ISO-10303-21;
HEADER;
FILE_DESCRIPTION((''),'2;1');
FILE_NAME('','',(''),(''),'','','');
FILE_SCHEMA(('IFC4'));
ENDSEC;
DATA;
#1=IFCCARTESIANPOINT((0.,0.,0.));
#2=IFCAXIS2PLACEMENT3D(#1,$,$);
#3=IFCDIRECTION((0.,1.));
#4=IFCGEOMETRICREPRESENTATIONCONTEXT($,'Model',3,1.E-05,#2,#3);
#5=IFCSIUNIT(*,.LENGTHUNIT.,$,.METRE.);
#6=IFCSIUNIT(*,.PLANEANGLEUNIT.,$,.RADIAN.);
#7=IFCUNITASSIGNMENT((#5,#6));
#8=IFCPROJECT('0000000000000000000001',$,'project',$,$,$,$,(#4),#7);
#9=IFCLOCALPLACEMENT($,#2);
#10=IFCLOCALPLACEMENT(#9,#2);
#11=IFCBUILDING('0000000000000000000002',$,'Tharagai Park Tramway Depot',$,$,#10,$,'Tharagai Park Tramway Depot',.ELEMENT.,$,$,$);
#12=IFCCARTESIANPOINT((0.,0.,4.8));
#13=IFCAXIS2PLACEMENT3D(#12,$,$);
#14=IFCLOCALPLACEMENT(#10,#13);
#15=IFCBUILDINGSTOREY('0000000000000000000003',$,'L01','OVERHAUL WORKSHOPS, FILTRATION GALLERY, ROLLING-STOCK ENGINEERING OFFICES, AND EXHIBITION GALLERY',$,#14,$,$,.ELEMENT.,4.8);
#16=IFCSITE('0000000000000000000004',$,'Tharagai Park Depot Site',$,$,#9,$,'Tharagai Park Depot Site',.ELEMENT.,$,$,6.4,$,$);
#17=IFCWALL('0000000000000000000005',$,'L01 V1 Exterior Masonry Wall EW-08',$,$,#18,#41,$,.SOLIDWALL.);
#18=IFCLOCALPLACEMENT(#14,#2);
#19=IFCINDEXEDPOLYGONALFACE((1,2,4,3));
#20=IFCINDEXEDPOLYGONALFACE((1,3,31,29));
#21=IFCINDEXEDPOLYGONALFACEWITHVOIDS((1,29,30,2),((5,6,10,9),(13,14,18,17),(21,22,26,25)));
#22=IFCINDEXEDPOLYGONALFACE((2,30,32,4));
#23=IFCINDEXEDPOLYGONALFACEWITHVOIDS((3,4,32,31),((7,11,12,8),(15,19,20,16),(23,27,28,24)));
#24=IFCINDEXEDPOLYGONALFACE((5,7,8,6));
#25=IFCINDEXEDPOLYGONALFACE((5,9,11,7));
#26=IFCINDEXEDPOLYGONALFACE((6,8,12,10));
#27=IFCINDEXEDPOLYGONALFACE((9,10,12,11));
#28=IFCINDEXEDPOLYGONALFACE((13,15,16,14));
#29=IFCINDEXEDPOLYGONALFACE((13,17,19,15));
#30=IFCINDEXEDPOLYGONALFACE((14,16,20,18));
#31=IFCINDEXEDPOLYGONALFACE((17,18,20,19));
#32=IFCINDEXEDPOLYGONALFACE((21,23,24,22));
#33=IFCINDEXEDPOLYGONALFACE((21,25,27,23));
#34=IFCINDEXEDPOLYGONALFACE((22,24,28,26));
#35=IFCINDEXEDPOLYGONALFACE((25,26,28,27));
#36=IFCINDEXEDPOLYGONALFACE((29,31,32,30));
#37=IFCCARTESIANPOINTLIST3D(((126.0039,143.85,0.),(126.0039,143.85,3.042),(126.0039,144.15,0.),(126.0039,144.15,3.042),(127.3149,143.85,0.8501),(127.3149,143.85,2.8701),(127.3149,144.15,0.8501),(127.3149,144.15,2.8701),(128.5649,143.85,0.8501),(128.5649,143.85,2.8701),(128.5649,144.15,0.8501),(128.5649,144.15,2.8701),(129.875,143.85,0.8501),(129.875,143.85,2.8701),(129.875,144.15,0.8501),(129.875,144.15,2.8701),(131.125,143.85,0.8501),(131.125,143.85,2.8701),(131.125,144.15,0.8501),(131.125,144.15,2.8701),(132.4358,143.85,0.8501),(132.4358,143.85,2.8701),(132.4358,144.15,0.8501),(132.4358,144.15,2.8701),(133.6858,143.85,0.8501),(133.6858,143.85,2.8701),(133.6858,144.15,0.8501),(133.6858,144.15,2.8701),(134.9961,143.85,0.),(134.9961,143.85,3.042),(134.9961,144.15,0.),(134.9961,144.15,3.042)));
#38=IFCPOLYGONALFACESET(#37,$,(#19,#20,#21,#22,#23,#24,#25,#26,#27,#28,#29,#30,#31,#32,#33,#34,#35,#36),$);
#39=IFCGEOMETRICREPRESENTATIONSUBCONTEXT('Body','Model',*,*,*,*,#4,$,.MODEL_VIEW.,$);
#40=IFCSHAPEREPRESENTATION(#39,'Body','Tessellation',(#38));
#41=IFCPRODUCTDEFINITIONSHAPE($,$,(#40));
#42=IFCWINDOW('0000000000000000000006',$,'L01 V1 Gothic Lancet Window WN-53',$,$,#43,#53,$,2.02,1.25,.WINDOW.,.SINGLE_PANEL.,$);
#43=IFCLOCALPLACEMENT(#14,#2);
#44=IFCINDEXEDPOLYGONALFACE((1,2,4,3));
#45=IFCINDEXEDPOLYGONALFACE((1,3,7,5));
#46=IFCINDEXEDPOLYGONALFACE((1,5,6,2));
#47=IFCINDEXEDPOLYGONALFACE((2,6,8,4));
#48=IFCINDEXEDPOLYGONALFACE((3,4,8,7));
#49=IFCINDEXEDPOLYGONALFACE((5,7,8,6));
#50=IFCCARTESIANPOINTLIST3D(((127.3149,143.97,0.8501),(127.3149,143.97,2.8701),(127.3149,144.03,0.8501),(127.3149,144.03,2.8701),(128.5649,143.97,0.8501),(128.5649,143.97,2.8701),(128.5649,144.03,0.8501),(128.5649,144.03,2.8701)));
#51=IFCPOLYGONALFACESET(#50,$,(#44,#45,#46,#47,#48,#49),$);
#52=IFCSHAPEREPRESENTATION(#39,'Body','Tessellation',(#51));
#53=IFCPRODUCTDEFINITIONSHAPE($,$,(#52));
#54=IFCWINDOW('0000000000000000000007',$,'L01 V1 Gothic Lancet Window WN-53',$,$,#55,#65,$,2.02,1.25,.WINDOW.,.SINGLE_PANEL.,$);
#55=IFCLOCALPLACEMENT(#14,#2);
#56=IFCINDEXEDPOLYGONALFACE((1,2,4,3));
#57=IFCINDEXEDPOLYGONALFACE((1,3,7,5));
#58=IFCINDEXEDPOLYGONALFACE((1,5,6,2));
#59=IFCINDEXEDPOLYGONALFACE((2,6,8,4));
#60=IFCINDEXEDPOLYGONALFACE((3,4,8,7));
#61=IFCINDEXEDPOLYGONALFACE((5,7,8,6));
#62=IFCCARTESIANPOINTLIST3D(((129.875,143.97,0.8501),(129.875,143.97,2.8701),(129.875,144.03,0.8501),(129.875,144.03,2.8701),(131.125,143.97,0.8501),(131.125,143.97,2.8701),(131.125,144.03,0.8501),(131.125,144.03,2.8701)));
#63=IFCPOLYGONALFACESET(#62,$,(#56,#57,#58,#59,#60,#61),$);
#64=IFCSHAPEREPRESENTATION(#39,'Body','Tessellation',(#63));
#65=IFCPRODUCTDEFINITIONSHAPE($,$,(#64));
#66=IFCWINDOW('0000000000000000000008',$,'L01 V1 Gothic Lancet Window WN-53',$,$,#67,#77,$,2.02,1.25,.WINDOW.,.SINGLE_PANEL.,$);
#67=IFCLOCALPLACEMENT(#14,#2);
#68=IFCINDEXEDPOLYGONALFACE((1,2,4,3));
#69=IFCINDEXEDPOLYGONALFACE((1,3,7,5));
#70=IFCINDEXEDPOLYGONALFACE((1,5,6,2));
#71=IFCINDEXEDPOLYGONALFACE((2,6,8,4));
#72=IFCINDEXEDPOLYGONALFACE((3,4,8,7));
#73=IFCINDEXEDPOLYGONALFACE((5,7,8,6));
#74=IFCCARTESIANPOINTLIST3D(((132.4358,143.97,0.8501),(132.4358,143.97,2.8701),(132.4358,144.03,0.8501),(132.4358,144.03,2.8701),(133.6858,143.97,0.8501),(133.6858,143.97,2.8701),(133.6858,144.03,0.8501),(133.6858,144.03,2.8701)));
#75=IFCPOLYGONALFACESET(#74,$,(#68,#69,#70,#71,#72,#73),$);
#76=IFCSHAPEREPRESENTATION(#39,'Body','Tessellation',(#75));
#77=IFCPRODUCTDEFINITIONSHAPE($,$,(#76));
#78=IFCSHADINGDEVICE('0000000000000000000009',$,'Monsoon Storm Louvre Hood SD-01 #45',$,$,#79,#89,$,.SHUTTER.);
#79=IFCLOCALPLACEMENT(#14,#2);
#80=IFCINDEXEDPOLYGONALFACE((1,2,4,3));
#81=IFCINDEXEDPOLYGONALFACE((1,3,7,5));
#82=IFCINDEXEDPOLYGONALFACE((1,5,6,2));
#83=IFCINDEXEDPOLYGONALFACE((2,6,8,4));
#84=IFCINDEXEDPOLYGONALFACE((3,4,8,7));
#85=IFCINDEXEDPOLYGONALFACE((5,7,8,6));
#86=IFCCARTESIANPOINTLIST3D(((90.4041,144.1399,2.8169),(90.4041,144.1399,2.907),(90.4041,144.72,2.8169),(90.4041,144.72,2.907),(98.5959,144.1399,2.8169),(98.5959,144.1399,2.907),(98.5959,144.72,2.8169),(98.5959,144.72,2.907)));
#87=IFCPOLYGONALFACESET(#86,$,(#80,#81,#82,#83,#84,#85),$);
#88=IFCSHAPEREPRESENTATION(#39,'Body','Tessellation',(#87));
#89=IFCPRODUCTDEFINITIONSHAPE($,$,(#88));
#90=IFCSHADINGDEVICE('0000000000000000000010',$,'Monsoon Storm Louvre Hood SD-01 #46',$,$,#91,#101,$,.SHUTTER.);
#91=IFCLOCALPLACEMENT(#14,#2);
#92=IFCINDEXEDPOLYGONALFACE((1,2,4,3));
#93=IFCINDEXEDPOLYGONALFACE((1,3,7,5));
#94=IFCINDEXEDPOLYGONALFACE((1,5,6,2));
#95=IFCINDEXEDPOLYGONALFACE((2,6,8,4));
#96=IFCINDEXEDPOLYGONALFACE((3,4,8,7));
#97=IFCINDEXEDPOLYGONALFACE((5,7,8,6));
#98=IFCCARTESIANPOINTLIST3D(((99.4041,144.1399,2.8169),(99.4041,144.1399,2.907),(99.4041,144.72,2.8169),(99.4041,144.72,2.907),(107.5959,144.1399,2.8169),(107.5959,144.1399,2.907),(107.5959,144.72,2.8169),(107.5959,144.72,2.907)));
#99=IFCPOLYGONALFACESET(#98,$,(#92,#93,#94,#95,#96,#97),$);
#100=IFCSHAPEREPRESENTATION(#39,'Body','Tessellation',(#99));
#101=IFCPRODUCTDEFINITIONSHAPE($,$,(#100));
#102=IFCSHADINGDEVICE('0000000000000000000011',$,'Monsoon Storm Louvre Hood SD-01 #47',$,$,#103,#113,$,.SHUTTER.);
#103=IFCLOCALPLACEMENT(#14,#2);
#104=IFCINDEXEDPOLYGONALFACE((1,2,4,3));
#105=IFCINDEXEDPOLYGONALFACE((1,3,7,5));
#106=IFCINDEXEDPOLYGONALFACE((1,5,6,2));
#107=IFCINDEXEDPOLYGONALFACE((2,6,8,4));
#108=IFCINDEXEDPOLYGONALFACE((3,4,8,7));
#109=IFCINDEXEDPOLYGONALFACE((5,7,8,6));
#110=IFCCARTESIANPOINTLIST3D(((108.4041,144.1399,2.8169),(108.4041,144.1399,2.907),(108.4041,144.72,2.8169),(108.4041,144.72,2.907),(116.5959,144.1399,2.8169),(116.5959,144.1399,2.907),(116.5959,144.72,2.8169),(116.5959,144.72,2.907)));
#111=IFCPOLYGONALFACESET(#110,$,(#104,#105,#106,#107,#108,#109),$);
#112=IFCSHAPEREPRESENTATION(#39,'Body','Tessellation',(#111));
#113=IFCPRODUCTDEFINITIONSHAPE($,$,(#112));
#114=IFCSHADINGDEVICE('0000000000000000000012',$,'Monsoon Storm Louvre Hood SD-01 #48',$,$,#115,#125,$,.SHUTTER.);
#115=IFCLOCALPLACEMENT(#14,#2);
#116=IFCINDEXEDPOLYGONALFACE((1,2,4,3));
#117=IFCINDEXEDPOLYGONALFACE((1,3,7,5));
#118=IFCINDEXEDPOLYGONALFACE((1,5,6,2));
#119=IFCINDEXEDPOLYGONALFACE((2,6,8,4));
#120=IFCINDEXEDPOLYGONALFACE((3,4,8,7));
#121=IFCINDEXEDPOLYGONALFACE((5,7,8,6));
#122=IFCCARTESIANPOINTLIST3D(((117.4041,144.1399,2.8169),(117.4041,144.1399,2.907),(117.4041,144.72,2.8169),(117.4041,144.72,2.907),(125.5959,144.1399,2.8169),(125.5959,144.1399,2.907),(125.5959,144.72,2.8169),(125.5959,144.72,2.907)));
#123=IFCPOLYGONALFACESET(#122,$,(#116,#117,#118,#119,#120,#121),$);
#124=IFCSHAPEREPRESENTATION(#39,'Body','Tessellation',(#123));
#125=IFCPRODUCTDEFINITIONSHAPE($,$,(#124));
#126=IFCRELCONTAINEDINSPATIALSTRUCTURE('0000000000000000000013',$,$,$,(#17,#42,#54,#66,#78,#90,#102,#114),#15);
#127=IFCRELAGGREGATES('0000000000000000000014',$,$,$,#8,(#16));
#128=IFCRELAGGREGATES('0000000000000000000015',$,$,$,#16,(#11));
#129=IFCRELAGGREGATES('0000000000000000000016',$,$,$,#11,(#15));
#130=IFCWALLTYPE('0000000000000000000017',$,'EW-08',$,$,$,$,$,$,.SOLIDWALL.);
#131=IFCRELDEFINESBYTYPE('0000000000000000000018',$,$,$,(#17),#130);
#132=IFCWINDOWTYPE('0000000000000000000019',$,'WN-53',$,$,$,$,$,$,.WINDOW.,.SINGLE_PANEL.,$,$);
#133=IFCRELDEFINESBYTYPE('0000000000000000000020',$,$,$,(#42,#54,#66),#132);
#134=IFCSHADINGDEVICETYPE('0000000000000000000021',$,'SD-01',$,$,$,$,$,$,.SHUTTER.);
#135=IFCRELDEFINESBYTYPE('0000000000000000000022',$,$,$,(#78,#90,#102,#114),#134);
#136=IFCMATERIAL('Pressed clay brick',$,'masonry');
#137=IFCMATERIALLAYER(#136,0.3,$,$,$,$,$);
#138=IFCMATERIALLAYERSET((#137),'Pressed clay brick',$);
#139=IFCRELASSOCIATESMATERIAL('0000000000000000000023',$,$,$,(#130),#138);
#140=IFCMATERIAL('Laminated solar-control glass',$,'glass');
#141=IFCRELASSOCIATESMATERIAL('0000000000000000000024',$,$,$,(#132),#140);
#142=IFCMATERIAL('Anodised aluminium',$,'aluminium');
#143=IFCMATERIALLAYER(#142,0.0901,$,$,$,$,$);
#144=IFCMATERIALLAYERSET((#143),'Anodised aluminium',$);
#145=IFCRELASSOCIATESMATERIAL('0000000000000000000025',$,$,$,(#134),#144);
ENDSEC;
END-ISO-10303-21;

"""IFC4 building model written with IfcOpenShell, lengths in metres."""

from ifc_helpers import new_model, si_unit, direction, frame, frame_2d, origin, origin_2d, place, context, subcontext, project, spatial, rectangle, extrude, material, layer, layer_set, type_object, element, fill, save


model = new_model("IFC4")

# Units and contexts
model_context = context("Model", 3, precision=1e-05, world=origin(), true_north=direction((0.0, 1.0)))
body_context = subcontext(model_context, "Body", "Model", "MODEL_VIEW")
ifc_project = project(units=[si_unit("LENGTHUNIT", "METRE"), si_unit("PLANEANGLEUNIT", "RADIAN")], contexts=[model_context])

# Site, building, storey
site_placement = place(None, origin())
site = spatial("IfcSite", under=ifc_project, at=site_placement, Name="Tharagai Park Depot Site", LongName="Tharagai Park Depot Site", CompositionType="ELEMENT", RefElevation=6.4)
building_placement = place(site_placement, origin())
building = spatial("IfcBuilding", under=site, at=building_placement, Name="Tharagai Park Tramway Depot", LongName="Tharagai Park Tramway Depot", CompositionType="ELEMENT")
storey_placement = place(building_placement, frame((0.0, 0.0, 4.8)))
storey = spatial("IfcBuildingStorey", under=building, at=storey_placement, Name="L01", Description="OVERHAUL WORKSHOPS, FILTRATION GALLERY, ROLLING-STOCK ENGINEERING OFFICES, AND EXHIBITION GALLERY", CompositionType="ELEMENT", Elevation=4.8)

# Wall, openings, windows
ifc_material_1 = material(Name="Pressed clay brick", Category="masonry")
ifc_layer_1 = layer(ifc_material_1, 0.3)
ifc_layer_set_1 = layer_set([ifc_layer_1], Name="Pressed clay brick")
wall_type = type_object("IfcWallType", Name="EW-08", PredefinedType="SOLIDWALL", material=ifc_layer_set_1)
ifc_material_2 = material(Name="Laminated solar-control glass", Category="glass")
wall_1_placement = place(storey_placement, frame((126.0039, 144.0, 0.0), z_axis=(0.0, 0.0, 1.0), x_axis=(1.0, 0.0, 0.0)))
wall_1 = element("IfcWall", 1, at=wall_1_placement, inside=storey, type_object=wall_type, Name="L01 V1 Exterior Masonry Wall EW-08", PredefinedType="SOLIDWALL", context=body_context, shape_type="SweptSolid", body=[
    extrude(rectangle(XDim=8.9922, YDim=0.3, at=frame_2d((4.4961, 0.0))), origin(), (0.0, 0.0, 1.0), 3.042),
])
opening_1_placement = place(wall_1_placement, frame((1.311, 0.0, 0.8501)))
opening_1 = element("IfcOpeningElement", 2, at=opening_1_placement, cuts=wall_1, PredefinedType="OPENING", context=body_context, shape_type="SweptSolid", body=[
    extrude(rectangle(XDim=1.25, YDim=2.02, at=frame_2d((0.625, 1.01))), frame((0.0, 0.1599, 0.0), z_axis=(0.0, -1.0, 0.0), x_axis=(1.0, 0.0, 0.0)), (0.0, 0.0, 1.0), 0.3201),
])
opening_2_placement = place(wall_1_placement, frame((3.8711, 0.0, 0.8501)))
opening_2 = element("IfcOpeningElement", 3, at=opening_2_placement, cuts=wall_1, PredefinedType="OPENING", context=body_context, shape_type="SweptSolid", body=[
    extrude(rectangle(XDim=1.25, YDim=2.02, at=frame_2d((0.625, 1.01))), frame((0.0, 0.1599, 0.0), z_axis=(0.0, -1.0, 0.0), x_axis=(1.0, 0.0, 0.0)), (0.0, 0.0, 1.0), 0.3201),
])
opening_3_placement = place(wall_1_placement, frame((6.4319, 0.0, 0.8501)))
opening_3 = element("IfcOpeningElement", 4, at=opening_3_placement, cuts=wall_1, PredefinedType="OPENING", context=body_context, shape_type="SweptSolid", body=[
    extrude(rectangle(XDim=1.25, YDim=2.02, at=frame_2d((0.625, 1.01))), frame((0.0, 0.1599, 0.0), z_axis=(0.0, -1.0, 0.0), x_axis=(1.0, 0.0, 0.0)), (0.0, 0.0, 1.0), 0.3201),
])
window_type_1 = type_object("IfcWindowType", Name="WN-53", PartitioningType="SINGLE_PANEL", PredefinedType="WINDOW", material=ifc_material_2)
window_1_placement = place(opening_1_placement, origin())
window_1 = element("IfcWindow", 5, at=window_1_placement, inside=storey, type_object=window_type_1, Name="L01 V1 Gothic Lancet Window WN-53", OverallHeight=2.02, OverallWidth=1.25, PartitioningType="SINGLE_PANEL", PredefinedType="WINDOW", context=body_context, shape_type="SweptSolid", body=[
    extrude(rectangle(XDim=1.25, YDim=2.02, at=frame_2d((0.625, 1.01))), frame((0.0, 0.03, 0.0), z_axis=(0.0, -1.0, 0.0), x_axis=(1.0, 0.0, 0.0)), (0.0, 0.0, 1.0), 0.0601),
])
fill(opening_1, window_1)
window_2_placement = place(opening_2_placement, origin())
window_2 = element("IfcWindow", 6, at=window_2_placement, inside=storey, type_object=window_type_1, Name="L01 V1 Gothic Lancet Window WN-53", OverallHeight=2.02, OverallWidth=1.25, PartitioningType="SINGLE_PANEL", PredefinedType="WINDOW", context=body_context, shape_type="SweptSolid", body=[
    extrude(rectangle(XDim=1.25, YDim=2.02, at=frame_2d((0.625, 1.01))), frame((0.0, 0.03, 0.0), z_axis=(0.0, -1.0, 0.0), x_axis=(1.0, 0.0, 0.0)), (0.0, 0.0, 1.0), 0.0601),
])
fill(opening_2, window_2)
window_3_placement = place(opening_3_placement, origin())
window_3 = element("IfcWindow", 7, at=window_3_placement, inside=storey, type_object=window_type_1, Name="L01 V1 Gothic Lancet Window WN-53", OverallHeight=2.02, OverallWidth=1.25, PartitioningType="SINGLE_PANEL", PredefinedType="WINDOW", context=body_context, shape_type="SweptSolid", body=[
    extrude(rectangle(XDim=1.25, YDim=2.02, at=frame_2d((0.625, 1.01))), frame((0.0, 0.03, 0.0), z_axis=(0.0, -1.0, 0.0), x_axis=(1.0, 0.0, 0.0)), (0.0, 0.0, 1.0), 0.0601),
])
fill(opening_3, window_3)

# Shading devices
ifc_material_3 = material(Name="Anodised aluminium", Category="aluminium")
ifc_layer_2 = layer(ifc_material_3, 0.0901)
ifc_layer_set_2 = layer_set([ifc_layer_2], Name="Anodised aluminium")
shading_device_type = type_object("IfcShadingDeviceType", Name="SD-01", PredefinedType="SHUTTER", material=ifc_layer_set_2)
for number, where, z_axis, x_axis, name in (
    (8, (94.5, 144.4299, 2.8169), (0.0, 0.0, 1.0), (1.0, 0.0, 0.0), "Monsoon Storm Louvre Hood SD-01 #45"),
    (9, (103.5, 144.4299, 2.8169), (0.0, 0.0, 1.0), (1.0, 0.0, 0.0), "Monsoon Storm Louvre Hood SD-01 #46"),
    (10, (112.5, 144.4299, 2.8169), (0.0, 0.0, 1.0), (1.0, 0.0, 0.0), "Monsoon Storm Louvre Hood SD-01 #47"),
    (11, (121.5, 144.4299, 2.8169), (0.0, 0.0, 1.0), (1.0, 0.0, 0.0), "Monsoon Storm Louvre Hood SD-01 #48"),
):
    element("IfcShadingDevice", number, at=place(storey_placement, frame(where, z_axis=z_axis, x_axis=x_axis)), inside=storey, type_object=shading_device_type, Name=name, PredefinedType="SHUTTER", context=body_context, shape_type="SweptSolid", body=[
        extrude(rectangle(XDim=8.1919, YDim=0.5801, at=origin_2d()), origin(), (0.0, 0.0, 1.0), 0.0901),
    ])

save(model, "model.ifc")
